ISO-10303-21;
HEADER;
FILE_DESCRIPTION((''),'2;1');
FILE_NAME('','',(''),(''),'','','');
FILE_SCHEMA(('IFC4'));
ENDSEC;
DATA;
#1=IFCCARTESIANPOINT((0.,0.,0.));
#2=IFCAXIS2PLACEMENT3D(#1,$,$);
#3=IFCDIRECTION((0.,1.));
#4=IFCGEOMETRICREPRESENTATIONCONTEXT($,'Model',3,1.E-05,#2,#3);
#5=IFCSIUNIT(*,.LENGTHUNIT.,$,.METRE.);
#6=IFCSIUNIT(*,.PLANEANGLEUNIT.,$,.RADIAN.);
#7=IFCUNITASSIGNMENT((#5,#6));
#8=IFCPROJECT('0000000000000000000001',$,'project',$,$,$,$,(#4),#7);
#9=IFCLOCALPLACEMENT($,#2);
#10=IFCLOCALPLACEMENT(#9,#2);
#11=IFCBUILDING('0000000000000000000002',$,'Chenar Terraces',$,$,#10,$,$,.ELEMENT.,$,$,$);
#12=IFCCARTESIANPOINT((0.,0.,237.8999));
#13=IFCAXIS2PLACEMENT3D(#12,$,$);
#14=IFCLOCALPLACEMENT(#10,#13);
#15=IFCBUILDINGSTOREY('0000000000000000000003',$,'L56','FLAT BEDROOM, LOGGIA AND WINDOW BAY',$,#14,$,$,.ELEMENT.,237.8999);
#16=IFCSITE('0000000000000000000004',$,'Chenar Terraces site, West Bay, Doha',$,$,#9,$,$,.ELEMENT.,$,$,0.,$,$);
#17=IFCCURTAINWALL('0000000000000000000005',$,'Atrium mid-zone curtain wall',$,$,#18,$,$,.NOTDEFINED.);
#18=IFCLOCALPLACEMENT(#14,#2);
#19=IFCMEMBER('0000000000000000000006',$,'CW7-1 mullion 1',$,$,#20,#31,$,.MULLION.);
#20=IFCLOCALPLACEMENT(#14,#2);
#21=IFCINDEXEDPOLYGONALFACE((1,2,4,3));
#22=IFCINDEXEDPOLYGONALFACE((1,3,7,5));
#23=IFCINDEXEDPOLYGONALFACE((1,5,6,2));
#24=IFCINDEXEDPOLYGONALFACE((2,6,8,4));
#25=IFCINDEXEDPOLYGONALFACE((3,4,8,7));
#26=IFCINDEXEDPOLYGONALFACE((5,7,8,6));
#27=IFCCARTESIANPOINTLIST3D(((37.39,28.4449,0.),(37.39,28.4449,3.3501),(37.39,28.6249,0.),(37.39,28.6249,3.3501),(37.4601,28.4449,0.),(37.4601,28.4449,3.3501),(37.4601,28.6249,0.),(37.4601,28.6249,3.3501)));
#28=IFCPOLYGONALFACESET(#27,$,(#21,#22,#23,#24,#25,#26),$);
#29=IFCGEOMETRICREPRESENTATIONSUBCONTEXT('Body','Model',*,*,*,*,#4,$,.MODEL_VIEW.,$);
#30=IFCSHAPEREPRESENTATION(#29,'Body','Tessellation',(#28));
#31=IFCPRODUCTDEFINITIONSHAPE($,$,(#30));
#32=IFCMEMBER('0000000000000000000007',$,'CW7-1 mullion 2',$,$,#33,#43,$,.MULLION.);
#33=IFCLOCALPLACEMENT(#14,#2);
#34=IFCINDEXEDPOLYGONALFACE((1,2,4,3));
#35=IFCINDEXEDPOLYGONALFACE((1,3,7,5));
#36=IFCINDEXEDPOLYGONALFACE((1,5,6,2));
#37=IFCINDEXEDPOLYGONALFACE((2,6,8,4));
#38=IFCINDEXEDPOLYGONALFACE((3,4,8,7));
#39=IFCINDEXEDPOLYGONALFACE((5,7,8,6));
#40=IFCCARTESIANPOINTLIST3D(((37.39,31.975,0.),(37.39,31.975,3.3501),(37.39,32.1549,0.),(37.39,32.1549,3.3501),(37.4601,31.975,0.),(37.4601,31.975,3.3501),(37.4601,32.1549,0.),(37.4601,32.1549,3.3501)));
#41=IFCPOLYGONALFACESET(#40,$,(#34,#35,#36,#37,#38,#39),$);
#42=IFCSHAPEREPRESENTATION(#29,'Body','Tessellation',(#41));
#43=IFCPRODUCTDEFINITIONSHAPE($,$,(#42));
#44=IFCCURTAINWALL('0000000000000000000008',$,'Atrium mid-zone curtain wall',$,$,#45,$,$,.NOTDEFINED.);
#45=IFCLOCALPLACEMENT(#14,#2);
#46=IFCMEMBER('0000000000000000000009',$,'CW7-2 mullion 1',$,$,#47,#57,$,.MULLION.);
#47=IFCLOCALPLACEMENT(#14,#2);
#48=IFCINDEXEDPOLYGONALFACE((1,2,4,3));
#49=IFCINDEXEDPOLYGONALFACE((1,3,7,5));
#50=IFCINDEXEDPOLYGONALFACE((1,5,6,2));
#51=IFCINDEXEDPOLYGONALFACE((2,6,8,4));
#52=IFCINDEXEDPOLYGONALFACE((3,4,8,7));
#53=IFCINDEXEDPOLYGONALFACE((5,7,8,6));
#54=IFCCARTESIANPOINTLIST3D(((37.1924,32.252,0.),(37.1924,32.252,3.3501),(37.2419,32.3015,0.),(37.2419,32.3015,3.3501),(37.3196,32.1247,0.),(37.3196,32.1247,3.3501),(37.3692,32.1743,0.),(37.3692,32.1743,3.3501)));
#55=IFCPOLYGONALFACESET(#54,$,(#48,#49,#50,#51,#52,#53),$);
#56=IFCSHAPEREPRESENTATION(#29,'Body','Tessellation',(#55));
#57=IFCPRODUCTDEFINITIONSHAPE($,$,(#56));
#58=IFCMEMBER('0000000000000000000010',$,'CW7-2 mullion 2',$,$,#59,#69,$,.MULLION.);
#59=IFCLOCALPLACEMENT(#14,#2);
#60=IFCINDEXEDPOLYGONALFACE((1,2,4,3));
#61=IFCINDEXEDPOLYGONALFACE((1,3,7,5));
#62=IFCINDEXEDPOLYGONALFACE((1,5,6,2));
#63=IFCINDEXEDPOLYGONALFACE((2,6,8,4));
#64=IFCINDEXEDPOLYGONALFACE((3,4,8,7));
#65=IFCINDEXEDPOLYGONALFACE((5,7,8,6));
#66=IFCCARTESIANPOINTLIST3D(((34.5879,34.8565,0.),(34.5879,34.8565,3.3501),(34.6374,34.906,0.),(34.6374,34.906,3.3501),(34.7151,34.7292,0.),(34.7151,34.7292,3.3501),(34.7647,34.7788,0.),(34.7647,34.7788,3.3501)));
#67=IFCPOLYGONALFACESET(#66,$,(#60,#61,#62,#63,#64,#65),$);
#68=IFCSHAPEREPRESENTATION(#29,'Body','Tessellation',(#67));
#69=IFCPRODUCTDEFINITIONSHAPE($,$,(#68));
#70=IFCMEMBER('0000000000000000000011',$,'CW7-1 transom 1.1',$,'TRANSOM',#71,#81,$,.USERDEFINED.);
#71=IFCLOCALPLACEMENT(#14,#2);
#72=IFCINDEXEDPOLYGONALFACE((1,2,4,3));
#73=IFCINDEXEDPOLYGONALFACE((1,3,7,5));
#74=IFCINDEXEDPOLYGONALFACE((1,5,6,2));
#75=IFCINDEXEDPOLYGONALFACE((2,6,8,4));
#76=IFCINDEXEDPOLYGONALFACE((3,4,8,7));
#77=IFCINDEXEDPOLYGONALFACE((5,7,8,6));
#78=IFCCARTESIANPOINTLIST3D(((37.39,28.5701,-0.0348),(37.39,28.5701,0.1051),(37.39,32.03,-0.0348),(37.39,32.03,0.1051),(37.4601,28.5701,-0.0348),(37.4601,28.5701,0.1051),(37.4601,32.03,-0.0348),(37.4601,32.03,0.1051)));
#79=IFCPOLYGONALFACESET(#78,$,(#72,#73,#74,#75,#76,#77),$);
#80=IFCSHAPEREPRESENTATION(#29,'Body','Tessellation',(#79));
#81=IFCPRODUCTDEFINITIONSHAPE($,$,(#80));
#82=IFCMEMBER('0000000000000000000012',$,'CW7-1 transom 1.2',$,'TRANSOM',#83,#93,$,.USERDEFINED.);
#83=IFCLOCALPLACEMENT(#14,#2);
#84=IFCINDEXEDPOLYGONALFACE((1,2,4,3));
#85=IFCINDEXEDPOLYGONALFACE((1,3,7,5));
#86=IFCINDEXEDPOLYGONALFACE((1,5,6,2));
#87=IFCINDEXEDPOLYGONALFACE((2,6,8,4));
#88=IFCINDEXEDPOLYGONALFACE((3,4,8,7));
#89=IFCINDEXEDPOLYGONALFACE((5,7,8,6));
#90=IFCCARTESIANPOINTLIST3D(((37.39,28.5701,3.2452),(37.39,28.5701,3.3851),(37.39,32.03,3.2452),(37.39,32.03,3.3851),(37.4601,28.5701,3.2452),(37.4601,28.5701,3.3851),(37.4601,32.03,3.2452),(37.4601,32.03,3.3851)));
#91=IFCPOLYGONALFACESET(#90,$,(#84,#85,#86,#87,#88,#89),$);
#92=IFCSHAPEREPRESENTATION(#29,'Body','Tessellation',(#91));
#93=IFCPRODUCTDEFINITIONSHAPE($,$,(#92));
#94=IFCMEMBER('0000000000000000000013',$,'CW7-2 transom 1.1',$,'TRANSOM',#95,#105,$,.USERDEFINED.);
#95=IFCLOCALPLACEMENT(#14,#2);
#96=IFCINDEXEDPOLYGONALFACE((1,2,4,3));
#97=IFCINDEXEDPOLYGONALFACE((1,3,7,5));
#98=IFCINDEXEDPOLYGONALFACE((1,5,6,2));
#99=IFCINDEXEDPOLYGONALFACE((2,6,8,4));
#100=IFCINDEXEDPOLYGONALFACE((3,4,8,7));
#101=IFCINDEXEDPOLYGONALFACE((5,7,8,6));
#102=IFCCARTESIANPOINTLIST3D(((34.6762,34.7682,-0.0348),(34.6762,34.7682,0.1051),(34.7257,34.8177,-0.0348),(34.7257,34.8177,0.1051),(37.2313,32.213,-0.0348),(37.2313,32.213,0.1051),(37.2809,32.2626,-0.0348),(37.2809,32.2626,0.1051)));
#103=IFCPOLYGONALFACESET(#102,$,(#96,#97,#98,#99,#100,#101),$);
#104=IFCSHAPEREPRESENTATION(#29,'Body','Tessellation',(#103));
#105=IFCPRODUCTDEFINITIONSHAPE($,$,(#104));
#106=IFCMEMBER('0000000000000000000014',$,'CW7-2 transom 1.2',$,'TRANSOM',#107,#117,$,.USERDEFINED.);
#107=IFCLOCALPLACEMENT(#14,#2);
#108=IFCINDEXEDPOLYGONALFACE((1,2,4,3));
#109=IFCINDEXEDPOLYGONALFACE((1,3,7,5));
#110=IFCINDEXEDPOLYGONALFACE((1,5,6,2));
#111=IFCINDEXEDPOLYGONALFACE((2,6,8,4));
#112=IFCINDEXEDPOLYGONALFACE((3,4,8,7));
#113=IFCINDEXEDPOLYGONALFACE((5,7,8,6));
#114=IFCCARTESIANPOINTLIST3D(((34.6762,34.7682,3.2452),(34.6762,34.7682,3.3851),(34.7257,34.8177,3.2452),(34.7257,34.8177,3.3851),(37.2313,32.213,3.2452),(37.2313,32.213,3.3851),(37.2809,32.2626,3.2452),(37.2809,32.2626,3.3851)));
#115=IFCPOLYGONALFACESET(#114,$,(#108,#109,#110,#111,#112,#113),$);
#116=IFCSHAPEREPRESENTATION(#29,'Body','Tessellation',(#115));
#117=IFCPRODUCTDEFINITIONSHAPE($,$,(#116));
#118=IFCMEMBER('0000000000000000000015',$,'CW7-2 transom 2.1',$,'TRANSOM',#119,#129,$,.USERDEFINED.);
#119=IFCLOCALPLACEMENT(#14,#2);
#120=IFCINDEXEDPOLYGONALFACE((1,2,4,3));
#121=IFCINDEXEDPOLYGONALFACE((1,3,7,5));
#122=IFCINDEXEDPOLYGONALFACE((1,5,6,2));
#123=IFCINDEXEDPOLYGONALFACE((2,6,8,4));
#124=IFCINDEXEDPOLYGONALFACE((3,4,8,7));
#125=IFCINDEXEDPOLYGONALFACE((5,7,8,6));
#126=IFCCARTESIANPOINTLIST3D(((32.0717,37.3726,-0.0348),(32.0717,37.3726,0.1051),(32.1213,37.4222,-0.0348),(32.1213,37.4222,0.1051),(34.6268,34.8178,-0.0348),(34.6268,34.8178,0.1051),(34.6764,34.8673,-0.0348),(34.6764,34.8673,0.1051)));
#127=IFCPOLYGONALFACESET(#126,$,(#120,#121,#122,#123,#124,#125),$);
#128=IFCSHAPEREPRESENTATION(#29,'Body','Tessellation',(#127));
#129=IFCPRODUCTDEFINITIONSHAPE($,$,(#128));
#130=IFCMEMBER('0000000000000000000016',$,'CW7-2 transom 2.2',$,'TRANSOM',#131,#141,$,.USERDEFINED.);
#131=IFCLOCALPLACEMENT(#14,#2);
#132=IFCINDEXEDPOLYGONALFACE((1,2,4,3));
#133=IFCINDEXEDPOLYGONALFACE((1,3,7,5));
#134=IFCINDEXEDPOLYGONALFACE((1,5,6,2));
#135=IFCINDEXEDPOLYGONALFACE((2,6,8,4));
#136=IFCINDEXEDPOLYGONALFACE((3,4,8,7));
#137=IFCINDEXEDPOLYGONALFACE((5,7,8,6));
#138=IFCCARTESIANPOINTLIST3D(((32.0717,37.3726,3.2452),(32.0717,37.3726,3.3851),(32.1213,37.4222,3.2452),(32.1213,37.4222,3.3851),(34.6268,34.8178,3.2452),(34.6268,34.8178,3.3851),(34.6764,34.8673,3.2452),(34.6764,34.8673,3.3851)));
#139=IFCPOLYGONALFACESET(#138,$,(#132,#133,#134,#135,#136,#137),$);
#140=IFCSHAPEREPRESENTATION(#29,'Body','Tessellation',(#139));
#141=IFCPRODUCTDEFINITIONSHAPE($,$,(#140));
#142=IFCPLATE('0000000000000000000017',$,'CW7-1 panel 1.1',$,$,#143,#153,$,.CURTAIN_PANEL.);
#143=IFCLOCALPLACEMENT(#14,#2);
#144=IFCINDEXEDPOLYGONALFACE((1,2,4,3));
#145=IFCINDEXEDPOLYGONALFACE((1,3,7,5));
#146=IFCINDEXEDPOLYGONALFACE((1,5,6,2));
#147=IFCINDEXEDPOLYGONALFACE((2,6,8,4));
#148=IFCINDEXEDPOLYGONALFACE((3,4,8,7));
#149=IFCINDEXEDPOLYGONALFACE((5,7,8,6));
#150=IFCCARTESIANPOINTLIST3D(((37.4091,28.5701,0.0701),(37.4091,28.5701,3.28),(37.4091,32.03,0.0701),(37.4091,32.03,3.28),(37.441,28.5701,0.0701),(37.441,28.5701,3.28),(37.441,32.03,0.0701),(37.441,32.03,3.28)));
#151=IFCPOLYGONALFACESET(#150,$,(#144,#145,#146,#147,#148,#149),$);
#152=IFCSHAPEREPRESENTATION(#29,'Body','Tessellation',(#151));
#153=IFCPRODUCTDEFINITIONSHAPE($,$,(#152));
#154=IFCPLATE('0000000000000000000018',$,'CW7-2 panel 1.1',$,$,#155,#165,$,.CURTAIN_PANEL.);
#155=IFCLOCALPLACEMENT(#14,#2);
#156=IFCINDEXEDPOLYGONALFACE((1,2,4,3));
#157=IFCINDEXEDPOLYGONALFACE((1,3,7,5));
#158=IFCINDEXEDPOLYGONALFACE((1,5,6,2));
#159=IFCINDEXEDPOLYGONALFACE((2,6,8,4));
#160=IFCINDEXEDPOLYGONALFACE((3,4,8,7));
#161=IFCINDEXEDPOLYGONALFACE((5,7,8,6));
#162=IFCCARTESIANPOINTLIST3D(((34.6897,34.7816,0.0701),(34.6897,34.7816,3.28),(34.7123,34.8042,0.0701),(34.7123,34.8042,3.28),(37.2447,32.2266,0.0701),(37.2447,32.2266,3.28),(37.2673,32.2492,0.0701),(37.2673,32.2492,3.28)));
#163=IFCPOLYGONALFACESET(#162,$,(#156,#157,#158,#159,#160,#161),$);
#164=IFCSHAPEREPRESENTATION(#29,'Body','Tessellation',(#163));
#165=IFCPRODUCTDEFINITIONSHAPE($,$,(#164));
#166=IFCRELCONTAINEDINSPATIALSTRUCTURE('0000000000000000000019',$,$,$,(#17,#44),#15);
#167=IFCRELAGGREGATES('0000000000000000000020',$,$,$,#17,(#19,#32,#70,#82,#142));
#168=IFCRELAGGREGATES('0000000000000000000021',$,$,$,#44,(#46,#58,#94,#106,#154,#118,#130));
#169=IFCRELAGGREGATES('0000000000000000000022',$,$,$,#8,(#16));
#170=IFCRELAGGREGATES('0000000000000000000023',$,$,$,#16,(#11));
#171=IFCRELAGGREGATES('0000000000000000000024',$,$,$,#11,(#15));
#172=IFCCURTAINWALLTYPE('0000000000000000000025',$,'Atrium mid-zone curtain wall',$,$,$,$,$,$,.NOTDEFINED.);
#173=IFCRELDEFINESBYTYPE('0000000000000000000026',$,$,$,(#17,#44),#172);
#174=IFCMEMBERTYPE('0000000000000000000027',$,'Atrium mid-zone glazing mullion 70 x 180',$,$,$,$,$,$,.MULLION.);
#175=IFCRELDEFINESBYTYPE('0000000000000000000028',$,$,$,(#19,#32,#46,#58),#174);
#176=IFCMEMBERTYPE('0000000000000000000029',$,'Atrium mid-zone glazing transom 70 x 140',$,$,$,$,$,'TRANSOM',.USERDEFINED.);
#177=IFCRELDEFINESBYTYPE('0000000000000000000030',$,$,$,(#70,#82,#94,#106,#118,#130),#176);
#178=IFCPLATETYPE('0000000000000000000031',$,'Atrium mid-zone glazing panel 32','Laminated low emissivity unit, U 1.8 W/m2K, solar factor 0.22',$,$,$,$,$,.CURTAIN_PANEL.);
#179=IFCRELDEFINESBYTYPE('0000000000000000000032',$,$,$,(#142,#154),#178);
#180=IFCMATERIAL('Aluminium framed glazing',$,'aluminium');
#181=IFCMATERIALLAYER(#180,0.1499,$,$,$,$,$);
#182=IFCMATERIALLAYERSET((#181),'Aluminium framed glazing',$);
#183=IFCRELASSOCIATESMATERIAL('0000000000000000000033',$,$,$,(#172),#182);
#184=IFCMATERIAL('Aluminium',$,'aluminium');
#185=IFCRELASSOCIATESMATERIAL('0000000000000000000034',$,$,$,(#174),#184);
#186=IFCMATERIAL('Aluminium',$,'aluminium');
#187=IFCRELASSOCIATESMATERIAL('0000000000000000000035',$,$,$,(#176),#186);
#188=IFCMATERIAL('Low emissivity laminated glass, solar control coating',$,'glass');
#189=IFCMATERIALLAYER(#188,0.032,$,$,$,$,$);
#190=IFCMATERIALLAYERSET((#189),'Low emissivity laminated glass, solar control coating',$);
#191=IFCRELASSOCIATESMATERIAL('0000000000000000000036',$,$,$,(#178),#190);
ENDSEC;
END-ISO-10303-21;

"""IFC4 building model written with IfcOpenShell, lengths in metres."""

from ifc_helpers import new_model, si_unit, direction, frame, origin, origin_2d, place, context, subcontext, project, spatial, rectangle, extrude, material, layer, layer_set, material_profile, profile_set, type_object, element, aggregate, save


model = new_model("IFC4")

# Units and contexts
model_context = context("Model", 3, precision=1e-05, world=origin(), true_north=direction((0.0, 1.0)))
body_context = subcontext(model_context, "Body", "Model", "MODEL_VIEW")
ifc_project = project(units=[si_unit("LENGTHUNIT", "METRE"), si_unit("PLANEANGLEUNIT", "RADIAN")], contexts=[model_context])

# Site, building, storey
site_placement = place(None, origin())
site = spatial("IfcSite", under=ifc_project, at=site_placement, Name="Chenar Terraces site, West Bay, Doha", CompositionType="ELEMENT", RefElevation=0.0)
building_placement = place(site_placement, origin())
building = spatial("IfcBuilding", under=site, at=building_placement, Name="Chenar Terraces", CompositionType="ELEMENT")
storey_placement = place(building_placement, frame((0.0, 0.0, 237.8999)))
storey = spatial("IfcBuildingStorey", under=building, at=storey_placement, Name="L56", Description="FLAT BEDROOM, LOGGIA AND WINDOW BAY", CompositionType="ELEMENT", Elevation=237.8999)

# Curtain walls, members
ifc_material_1 = material(Name="Aluminium framed glazing", Category="aluminium")
ifc_layer_1 = layer(ifc_material_1, 0.1499)
ifc_layer_set_1 = layer_set([ifc_layer_1], Name="Aluminium framed glazing")
curtain_wall_type = type_object("IfcCurtainWallType", Name="Atrium mid-zone curtain wall", PredefinedType="NOTDEFINED", material=ifc_layer_set_1)
placement = place(storey_placement, origin())
curtain_wall_1 = element("IfcCurtainWall", 1, at=placement, inside=storey, type_object=curtain_wall_type, Name="Atrium mid-zone curtain wall", PredefinedType="NOTDEFINED")
ifc_material_2 = material(Name="Aluminium", Category="aluminium")
ifc_material_profile_1 = material_profile(ifc_material_2, rectangle(XDim=0.0701, YDim=0.1799, at=origin_2d()), Name="Atrium mid-zone glazing mullion 70 x 180")
ifc_profile_set_1 = profile_set([ifc_material_profile_1], Name="Aluminium")
member_type_1 = type_object("IfcMemberType", Name="Atrium mid-zone glazing mullion 70 x 180", PredefinedType="MULLION", material=ifc_profile_set_1)
member_1_placement = place(storey_placement, frame((37.425, 28.5349, 0.0), z_axis=(0.0, 0.0, 1.0), x_axis=(-1.0, 0.0, 0.0)))
member_1 = element("IfcMember", 2, at=member_1_placement, type_object=member_type_1, Name="CW7-1 mullion 1", PredefinedType="MULLION", context=body_context, shape_type="SweptSolid", body=[
    extrude(rectangle(XDim=0.0701, YDim=0.1799, at=origin_2d()), origin(), (0.0, 0.0, 1.0), 3.3501),
])
member_2_placement = place(storey_placement, frame((37.425, 32.0649, 0.0), z_axis=(0.0, 0.0, 1.0), x_axis=(-1.0, 0.0, 0.0)))
member_2 = element("IfcMember", 3, at=member_2_placement, type_object=member_type_1, Name="CW7-1 mullion 2", PredefinedType="MULLION", context=body_context, shape_type="SweptSolid", body=[
    extrude(rectangle(XDim=0.0701, YDim=0.1799, at=origin_2d()), origin(), (0.0, 0.0, 1.0), 3.3501),
])
curtain_wall_2 = element("IfcCurtainWall", 4, at=placement, inside=storey, type_object=curtain_wall_type, Name="Atrium mid-zone curtain wall", PredefinedType="NOTDEFINED")
member_3_placement = place(storey_placement, frame((37.2808, 32.2131, 0.0), z_axis=(0.0, 0.0, 1.0), x_axis=(-0.707107, -0.707107, 0.0)))
member_3 = element("IfcMember", 5, at=member_3_placement, type_object=member_type_1, Name="CW7-2 mullion 1", PredefinedType="MULLION", context=body_context, shape_type="SweptSolid", body=[
    extrude(rectangle(XDim=0.0701, YDim=0.1799, at=origin_2d()), origin(), (0.0, 0.0, 1.0), 3.3501),
])
member_4_placement = place(storey_placement, frame((34.6763, 34.8176, 0.0), z_axis=(0.0, 0.0, 1.0), x_axis=(-0.707107, -0.707107, 0.0)))
member_4 = element("IfcMember", 6, at=member_4_placement, type_object=member_type_1, Name="CW7-2 mullion 2", PredefinedType="MULLION", context=body_context, shape_type="SweptSolid", body=[
    extrude(rectangle(XDim=0.0701, YDim=0.1799, at=origin_2d()), origin(), (0.0, 0.0, 1.0), 3.3501),
])

# Members
ifc_material_3 = material(Name="Aluminium", Category="aluminium")
ifc_material_profile_2 = material_profile(ifc_material_3, rectangle(XDim=0.0701, YDim=0.1399, at=origin_2d()), Name="Atrium mid-zone glazing transom 70 x 140")
ifc_profile_set_2 = profile_set([ifc_material_profile_2], Name="Aluminium")
member_type_2 = type_object("IfcMemberType", Name="Atrium mid-zone glazing transom 70 x 140", ElementType="TRANSOM", PredefinedType="USERDEFINED", material=ifc_profile_set_2)
member_5_placement = place(storey_placement, frame((37.425, 28.5701, 0.0352), z_axis=(0.0, 1.0, 0.0), x_axis=(-1.0, 0.0, 0.0)))
member_5 = element("IfcMember", 7, at=member_5_placement, type_object=member_type_2, Name="CW7-1 transom 1.1", ObjectType="TRANSOM", PredefinedType="USERDEFINED", context=body_context, shape_type="SweptSolid", body=[
    extrude(rectangle(XDim=0.0701, YDim=0.1399, at=origin_2d()), origin(), (0.0, 0.0, 1.0), 3.46),
])
member_6_placement = place(storey_placement, frame((37.425, 28.5701, 3.3152), z_axis=(0.0, 1.0, 0.0), x_axis=(-1.0, 0.0, 0.0)))
member_6 = element("IfcMember", 8, at=member_6_placement, type_object=member_type_2, Name="CW7-1 transom 1.2", ObjectType="TRANSOM", PredefinedType="USERDEFINED", context=body_context, shape_type="SweptSolid", body=[
    extrude(rectangle(XDim=0.0701, YDim=0.1399, at=origin_2d()), origin(), (0.0, 0.0, 1.0), 3.46),
])
member_7_placement = place(storey_placement, frame((37.2561, 32.2378, 0.0352), z_axis=(-0.707107, 0.707107, 0.0), x_axis=(-0.707107, -0.707107, 0.0)))
member_7 = element("IfcMember", 9, at=member_7_placement, type_object=member_type_2, Name="CW7-2 transom 1.1", ObjectType="TRANSOM", PredefinedType="USERDEFINED", context=body_context, shape_type="SweptSolid", body=[
    extrude(rectangle(XDim=0.0701, YDim=0.1399, at=origin_2d()), origin(), (0.0, 0.0, 1.0), 3.6135),
])
member_8_placement = place(storey_placement, frame((37.2561, 32.2378, 3.3152), z_axis=(-0.707107, 0.707107, 0.0), x_axis=(-0.707107, -0.707107, 0.0)))
member_8 = element("IfcMember", 10, at=member_8_placement, type_object=member_type_2, Name="CW7-2 transom 1.2", ObjectType="TRANSOM", PredefinedType="USERDEFINED", context=body_context, shape_type="SweptSolid", body=[
    extrude(rectangle(XDim=0.0701, YDim=0.1399, at=origin_2d()), origin(), (0.0, 0.0, 1.0), 3.6135),
])
member_9_placement = place(storey_placement, frame((34.6516, 34.8425, 0.0352), z_axis=(-0.707141, 0.707073, 0.0), x_axis=(-0.707073, -0.707141, 0.0)))
member_9 = element("IfcMember", 11, at=member_9_placement, type_object=member_type_2, Name="CW7-2 transom 2.1", ObjectType="TRANSOM", PredefinedType="USERDEFINED", context=body_context, shape_type="SweptSolid", body=[
    extrude(rectangle(XDim=0.0701, YDim=0.1399, at=origin_2d()), origin(), (0.0, 0.0, 1.0), 3.6133),
])
member_10_placement = place(storey_placement, frame((34.6516, 34.8425, 3.3152), z_axis=(-0.707141, 0.707073, 0.0), x_axis=(-0.707073, -0.707141, 0.0)))
member_10 = element("IfcMember", 12, at=member_10_placement, type_object=member_type_2, Name="CW7-2 transom 2.2", ObjectType="TRANSOM", PredefinedType="USERDEFINED", context=body_context, shape_type="SweptSolid", body=[
    extrude(rectangle(XDim=0.0701, YDim=0.1399, at=origin_2d()), origin(), (0.0, 0.0, 1.0), 3.6133),
])

# Plates
ifc_material_4 = material(Name="Low emissivity laminated glass, solar control coating", Category="glass")
ifc_layer_2 = layer(ifc_material_4, 0.032)
ifc_layer_set_2 = layer_set([ifc_layer_2], Name="Low emissivity laminated glass, solar control coating")
plate_type = type_object("IfcPlateType", Name="Atrium mid-zone glazing panel 32", Description="Laminated low emissivity unit, U 1.8 W/m2K, solar factor 0.22", PredefinedType="CURTAIN_PANEL", material=ifc_layer_set_2)
plate_1_placement = place(storey_placement, frame((37.425, 30.3, 0.0701), z_axis=(0.0, 0.0, 1.0), x_axis=(0.0, 1.0, 0.0)))
plate_1 = element("IfcPlate", 13, at=plate_1_placement, type_object=plate_type, Name="CW7-1 panel 1.1", PredefinedType="CURTAIN_PANEL", context=body_context, shape_type="SweptSolid", body=[
    extrude(rectangle(XDim=3.46, YDim=0.032, at=origin_2d()), origin(), (0.0, 0.0, 1.0), 3.21),
])
aggregate(curtain_wall_1, [member_1, member_2, member_5, member_6, plate_1])
plate_2_placement = place(storey_placement, frame((35.9785, 33.5154, 0.0701), z_axis=(0.0, 0.0, 1.0), x_axis=(-0.707107, 0.707107, 0.0)))
plate_2 = element("IfcPlate", 14, at=plate_2_placement, type_object=plate_type, Name="CW7-2 panel 1.1", PredefinedType="CURTAIN_PANEL", context=body_context, shape_type="SweptSolid", body=[
    extrude(rectangle(XDim=3.6133, YDim=0.032, at=origin_2d()), origin(), (0.0, 0.0, 1.0), 3.21),
])
aggregate(curtain_wall_2, [member_3, member_4, member_7, member_8, plate_2, member_9, member_10])

save(model, "model.ifc")
